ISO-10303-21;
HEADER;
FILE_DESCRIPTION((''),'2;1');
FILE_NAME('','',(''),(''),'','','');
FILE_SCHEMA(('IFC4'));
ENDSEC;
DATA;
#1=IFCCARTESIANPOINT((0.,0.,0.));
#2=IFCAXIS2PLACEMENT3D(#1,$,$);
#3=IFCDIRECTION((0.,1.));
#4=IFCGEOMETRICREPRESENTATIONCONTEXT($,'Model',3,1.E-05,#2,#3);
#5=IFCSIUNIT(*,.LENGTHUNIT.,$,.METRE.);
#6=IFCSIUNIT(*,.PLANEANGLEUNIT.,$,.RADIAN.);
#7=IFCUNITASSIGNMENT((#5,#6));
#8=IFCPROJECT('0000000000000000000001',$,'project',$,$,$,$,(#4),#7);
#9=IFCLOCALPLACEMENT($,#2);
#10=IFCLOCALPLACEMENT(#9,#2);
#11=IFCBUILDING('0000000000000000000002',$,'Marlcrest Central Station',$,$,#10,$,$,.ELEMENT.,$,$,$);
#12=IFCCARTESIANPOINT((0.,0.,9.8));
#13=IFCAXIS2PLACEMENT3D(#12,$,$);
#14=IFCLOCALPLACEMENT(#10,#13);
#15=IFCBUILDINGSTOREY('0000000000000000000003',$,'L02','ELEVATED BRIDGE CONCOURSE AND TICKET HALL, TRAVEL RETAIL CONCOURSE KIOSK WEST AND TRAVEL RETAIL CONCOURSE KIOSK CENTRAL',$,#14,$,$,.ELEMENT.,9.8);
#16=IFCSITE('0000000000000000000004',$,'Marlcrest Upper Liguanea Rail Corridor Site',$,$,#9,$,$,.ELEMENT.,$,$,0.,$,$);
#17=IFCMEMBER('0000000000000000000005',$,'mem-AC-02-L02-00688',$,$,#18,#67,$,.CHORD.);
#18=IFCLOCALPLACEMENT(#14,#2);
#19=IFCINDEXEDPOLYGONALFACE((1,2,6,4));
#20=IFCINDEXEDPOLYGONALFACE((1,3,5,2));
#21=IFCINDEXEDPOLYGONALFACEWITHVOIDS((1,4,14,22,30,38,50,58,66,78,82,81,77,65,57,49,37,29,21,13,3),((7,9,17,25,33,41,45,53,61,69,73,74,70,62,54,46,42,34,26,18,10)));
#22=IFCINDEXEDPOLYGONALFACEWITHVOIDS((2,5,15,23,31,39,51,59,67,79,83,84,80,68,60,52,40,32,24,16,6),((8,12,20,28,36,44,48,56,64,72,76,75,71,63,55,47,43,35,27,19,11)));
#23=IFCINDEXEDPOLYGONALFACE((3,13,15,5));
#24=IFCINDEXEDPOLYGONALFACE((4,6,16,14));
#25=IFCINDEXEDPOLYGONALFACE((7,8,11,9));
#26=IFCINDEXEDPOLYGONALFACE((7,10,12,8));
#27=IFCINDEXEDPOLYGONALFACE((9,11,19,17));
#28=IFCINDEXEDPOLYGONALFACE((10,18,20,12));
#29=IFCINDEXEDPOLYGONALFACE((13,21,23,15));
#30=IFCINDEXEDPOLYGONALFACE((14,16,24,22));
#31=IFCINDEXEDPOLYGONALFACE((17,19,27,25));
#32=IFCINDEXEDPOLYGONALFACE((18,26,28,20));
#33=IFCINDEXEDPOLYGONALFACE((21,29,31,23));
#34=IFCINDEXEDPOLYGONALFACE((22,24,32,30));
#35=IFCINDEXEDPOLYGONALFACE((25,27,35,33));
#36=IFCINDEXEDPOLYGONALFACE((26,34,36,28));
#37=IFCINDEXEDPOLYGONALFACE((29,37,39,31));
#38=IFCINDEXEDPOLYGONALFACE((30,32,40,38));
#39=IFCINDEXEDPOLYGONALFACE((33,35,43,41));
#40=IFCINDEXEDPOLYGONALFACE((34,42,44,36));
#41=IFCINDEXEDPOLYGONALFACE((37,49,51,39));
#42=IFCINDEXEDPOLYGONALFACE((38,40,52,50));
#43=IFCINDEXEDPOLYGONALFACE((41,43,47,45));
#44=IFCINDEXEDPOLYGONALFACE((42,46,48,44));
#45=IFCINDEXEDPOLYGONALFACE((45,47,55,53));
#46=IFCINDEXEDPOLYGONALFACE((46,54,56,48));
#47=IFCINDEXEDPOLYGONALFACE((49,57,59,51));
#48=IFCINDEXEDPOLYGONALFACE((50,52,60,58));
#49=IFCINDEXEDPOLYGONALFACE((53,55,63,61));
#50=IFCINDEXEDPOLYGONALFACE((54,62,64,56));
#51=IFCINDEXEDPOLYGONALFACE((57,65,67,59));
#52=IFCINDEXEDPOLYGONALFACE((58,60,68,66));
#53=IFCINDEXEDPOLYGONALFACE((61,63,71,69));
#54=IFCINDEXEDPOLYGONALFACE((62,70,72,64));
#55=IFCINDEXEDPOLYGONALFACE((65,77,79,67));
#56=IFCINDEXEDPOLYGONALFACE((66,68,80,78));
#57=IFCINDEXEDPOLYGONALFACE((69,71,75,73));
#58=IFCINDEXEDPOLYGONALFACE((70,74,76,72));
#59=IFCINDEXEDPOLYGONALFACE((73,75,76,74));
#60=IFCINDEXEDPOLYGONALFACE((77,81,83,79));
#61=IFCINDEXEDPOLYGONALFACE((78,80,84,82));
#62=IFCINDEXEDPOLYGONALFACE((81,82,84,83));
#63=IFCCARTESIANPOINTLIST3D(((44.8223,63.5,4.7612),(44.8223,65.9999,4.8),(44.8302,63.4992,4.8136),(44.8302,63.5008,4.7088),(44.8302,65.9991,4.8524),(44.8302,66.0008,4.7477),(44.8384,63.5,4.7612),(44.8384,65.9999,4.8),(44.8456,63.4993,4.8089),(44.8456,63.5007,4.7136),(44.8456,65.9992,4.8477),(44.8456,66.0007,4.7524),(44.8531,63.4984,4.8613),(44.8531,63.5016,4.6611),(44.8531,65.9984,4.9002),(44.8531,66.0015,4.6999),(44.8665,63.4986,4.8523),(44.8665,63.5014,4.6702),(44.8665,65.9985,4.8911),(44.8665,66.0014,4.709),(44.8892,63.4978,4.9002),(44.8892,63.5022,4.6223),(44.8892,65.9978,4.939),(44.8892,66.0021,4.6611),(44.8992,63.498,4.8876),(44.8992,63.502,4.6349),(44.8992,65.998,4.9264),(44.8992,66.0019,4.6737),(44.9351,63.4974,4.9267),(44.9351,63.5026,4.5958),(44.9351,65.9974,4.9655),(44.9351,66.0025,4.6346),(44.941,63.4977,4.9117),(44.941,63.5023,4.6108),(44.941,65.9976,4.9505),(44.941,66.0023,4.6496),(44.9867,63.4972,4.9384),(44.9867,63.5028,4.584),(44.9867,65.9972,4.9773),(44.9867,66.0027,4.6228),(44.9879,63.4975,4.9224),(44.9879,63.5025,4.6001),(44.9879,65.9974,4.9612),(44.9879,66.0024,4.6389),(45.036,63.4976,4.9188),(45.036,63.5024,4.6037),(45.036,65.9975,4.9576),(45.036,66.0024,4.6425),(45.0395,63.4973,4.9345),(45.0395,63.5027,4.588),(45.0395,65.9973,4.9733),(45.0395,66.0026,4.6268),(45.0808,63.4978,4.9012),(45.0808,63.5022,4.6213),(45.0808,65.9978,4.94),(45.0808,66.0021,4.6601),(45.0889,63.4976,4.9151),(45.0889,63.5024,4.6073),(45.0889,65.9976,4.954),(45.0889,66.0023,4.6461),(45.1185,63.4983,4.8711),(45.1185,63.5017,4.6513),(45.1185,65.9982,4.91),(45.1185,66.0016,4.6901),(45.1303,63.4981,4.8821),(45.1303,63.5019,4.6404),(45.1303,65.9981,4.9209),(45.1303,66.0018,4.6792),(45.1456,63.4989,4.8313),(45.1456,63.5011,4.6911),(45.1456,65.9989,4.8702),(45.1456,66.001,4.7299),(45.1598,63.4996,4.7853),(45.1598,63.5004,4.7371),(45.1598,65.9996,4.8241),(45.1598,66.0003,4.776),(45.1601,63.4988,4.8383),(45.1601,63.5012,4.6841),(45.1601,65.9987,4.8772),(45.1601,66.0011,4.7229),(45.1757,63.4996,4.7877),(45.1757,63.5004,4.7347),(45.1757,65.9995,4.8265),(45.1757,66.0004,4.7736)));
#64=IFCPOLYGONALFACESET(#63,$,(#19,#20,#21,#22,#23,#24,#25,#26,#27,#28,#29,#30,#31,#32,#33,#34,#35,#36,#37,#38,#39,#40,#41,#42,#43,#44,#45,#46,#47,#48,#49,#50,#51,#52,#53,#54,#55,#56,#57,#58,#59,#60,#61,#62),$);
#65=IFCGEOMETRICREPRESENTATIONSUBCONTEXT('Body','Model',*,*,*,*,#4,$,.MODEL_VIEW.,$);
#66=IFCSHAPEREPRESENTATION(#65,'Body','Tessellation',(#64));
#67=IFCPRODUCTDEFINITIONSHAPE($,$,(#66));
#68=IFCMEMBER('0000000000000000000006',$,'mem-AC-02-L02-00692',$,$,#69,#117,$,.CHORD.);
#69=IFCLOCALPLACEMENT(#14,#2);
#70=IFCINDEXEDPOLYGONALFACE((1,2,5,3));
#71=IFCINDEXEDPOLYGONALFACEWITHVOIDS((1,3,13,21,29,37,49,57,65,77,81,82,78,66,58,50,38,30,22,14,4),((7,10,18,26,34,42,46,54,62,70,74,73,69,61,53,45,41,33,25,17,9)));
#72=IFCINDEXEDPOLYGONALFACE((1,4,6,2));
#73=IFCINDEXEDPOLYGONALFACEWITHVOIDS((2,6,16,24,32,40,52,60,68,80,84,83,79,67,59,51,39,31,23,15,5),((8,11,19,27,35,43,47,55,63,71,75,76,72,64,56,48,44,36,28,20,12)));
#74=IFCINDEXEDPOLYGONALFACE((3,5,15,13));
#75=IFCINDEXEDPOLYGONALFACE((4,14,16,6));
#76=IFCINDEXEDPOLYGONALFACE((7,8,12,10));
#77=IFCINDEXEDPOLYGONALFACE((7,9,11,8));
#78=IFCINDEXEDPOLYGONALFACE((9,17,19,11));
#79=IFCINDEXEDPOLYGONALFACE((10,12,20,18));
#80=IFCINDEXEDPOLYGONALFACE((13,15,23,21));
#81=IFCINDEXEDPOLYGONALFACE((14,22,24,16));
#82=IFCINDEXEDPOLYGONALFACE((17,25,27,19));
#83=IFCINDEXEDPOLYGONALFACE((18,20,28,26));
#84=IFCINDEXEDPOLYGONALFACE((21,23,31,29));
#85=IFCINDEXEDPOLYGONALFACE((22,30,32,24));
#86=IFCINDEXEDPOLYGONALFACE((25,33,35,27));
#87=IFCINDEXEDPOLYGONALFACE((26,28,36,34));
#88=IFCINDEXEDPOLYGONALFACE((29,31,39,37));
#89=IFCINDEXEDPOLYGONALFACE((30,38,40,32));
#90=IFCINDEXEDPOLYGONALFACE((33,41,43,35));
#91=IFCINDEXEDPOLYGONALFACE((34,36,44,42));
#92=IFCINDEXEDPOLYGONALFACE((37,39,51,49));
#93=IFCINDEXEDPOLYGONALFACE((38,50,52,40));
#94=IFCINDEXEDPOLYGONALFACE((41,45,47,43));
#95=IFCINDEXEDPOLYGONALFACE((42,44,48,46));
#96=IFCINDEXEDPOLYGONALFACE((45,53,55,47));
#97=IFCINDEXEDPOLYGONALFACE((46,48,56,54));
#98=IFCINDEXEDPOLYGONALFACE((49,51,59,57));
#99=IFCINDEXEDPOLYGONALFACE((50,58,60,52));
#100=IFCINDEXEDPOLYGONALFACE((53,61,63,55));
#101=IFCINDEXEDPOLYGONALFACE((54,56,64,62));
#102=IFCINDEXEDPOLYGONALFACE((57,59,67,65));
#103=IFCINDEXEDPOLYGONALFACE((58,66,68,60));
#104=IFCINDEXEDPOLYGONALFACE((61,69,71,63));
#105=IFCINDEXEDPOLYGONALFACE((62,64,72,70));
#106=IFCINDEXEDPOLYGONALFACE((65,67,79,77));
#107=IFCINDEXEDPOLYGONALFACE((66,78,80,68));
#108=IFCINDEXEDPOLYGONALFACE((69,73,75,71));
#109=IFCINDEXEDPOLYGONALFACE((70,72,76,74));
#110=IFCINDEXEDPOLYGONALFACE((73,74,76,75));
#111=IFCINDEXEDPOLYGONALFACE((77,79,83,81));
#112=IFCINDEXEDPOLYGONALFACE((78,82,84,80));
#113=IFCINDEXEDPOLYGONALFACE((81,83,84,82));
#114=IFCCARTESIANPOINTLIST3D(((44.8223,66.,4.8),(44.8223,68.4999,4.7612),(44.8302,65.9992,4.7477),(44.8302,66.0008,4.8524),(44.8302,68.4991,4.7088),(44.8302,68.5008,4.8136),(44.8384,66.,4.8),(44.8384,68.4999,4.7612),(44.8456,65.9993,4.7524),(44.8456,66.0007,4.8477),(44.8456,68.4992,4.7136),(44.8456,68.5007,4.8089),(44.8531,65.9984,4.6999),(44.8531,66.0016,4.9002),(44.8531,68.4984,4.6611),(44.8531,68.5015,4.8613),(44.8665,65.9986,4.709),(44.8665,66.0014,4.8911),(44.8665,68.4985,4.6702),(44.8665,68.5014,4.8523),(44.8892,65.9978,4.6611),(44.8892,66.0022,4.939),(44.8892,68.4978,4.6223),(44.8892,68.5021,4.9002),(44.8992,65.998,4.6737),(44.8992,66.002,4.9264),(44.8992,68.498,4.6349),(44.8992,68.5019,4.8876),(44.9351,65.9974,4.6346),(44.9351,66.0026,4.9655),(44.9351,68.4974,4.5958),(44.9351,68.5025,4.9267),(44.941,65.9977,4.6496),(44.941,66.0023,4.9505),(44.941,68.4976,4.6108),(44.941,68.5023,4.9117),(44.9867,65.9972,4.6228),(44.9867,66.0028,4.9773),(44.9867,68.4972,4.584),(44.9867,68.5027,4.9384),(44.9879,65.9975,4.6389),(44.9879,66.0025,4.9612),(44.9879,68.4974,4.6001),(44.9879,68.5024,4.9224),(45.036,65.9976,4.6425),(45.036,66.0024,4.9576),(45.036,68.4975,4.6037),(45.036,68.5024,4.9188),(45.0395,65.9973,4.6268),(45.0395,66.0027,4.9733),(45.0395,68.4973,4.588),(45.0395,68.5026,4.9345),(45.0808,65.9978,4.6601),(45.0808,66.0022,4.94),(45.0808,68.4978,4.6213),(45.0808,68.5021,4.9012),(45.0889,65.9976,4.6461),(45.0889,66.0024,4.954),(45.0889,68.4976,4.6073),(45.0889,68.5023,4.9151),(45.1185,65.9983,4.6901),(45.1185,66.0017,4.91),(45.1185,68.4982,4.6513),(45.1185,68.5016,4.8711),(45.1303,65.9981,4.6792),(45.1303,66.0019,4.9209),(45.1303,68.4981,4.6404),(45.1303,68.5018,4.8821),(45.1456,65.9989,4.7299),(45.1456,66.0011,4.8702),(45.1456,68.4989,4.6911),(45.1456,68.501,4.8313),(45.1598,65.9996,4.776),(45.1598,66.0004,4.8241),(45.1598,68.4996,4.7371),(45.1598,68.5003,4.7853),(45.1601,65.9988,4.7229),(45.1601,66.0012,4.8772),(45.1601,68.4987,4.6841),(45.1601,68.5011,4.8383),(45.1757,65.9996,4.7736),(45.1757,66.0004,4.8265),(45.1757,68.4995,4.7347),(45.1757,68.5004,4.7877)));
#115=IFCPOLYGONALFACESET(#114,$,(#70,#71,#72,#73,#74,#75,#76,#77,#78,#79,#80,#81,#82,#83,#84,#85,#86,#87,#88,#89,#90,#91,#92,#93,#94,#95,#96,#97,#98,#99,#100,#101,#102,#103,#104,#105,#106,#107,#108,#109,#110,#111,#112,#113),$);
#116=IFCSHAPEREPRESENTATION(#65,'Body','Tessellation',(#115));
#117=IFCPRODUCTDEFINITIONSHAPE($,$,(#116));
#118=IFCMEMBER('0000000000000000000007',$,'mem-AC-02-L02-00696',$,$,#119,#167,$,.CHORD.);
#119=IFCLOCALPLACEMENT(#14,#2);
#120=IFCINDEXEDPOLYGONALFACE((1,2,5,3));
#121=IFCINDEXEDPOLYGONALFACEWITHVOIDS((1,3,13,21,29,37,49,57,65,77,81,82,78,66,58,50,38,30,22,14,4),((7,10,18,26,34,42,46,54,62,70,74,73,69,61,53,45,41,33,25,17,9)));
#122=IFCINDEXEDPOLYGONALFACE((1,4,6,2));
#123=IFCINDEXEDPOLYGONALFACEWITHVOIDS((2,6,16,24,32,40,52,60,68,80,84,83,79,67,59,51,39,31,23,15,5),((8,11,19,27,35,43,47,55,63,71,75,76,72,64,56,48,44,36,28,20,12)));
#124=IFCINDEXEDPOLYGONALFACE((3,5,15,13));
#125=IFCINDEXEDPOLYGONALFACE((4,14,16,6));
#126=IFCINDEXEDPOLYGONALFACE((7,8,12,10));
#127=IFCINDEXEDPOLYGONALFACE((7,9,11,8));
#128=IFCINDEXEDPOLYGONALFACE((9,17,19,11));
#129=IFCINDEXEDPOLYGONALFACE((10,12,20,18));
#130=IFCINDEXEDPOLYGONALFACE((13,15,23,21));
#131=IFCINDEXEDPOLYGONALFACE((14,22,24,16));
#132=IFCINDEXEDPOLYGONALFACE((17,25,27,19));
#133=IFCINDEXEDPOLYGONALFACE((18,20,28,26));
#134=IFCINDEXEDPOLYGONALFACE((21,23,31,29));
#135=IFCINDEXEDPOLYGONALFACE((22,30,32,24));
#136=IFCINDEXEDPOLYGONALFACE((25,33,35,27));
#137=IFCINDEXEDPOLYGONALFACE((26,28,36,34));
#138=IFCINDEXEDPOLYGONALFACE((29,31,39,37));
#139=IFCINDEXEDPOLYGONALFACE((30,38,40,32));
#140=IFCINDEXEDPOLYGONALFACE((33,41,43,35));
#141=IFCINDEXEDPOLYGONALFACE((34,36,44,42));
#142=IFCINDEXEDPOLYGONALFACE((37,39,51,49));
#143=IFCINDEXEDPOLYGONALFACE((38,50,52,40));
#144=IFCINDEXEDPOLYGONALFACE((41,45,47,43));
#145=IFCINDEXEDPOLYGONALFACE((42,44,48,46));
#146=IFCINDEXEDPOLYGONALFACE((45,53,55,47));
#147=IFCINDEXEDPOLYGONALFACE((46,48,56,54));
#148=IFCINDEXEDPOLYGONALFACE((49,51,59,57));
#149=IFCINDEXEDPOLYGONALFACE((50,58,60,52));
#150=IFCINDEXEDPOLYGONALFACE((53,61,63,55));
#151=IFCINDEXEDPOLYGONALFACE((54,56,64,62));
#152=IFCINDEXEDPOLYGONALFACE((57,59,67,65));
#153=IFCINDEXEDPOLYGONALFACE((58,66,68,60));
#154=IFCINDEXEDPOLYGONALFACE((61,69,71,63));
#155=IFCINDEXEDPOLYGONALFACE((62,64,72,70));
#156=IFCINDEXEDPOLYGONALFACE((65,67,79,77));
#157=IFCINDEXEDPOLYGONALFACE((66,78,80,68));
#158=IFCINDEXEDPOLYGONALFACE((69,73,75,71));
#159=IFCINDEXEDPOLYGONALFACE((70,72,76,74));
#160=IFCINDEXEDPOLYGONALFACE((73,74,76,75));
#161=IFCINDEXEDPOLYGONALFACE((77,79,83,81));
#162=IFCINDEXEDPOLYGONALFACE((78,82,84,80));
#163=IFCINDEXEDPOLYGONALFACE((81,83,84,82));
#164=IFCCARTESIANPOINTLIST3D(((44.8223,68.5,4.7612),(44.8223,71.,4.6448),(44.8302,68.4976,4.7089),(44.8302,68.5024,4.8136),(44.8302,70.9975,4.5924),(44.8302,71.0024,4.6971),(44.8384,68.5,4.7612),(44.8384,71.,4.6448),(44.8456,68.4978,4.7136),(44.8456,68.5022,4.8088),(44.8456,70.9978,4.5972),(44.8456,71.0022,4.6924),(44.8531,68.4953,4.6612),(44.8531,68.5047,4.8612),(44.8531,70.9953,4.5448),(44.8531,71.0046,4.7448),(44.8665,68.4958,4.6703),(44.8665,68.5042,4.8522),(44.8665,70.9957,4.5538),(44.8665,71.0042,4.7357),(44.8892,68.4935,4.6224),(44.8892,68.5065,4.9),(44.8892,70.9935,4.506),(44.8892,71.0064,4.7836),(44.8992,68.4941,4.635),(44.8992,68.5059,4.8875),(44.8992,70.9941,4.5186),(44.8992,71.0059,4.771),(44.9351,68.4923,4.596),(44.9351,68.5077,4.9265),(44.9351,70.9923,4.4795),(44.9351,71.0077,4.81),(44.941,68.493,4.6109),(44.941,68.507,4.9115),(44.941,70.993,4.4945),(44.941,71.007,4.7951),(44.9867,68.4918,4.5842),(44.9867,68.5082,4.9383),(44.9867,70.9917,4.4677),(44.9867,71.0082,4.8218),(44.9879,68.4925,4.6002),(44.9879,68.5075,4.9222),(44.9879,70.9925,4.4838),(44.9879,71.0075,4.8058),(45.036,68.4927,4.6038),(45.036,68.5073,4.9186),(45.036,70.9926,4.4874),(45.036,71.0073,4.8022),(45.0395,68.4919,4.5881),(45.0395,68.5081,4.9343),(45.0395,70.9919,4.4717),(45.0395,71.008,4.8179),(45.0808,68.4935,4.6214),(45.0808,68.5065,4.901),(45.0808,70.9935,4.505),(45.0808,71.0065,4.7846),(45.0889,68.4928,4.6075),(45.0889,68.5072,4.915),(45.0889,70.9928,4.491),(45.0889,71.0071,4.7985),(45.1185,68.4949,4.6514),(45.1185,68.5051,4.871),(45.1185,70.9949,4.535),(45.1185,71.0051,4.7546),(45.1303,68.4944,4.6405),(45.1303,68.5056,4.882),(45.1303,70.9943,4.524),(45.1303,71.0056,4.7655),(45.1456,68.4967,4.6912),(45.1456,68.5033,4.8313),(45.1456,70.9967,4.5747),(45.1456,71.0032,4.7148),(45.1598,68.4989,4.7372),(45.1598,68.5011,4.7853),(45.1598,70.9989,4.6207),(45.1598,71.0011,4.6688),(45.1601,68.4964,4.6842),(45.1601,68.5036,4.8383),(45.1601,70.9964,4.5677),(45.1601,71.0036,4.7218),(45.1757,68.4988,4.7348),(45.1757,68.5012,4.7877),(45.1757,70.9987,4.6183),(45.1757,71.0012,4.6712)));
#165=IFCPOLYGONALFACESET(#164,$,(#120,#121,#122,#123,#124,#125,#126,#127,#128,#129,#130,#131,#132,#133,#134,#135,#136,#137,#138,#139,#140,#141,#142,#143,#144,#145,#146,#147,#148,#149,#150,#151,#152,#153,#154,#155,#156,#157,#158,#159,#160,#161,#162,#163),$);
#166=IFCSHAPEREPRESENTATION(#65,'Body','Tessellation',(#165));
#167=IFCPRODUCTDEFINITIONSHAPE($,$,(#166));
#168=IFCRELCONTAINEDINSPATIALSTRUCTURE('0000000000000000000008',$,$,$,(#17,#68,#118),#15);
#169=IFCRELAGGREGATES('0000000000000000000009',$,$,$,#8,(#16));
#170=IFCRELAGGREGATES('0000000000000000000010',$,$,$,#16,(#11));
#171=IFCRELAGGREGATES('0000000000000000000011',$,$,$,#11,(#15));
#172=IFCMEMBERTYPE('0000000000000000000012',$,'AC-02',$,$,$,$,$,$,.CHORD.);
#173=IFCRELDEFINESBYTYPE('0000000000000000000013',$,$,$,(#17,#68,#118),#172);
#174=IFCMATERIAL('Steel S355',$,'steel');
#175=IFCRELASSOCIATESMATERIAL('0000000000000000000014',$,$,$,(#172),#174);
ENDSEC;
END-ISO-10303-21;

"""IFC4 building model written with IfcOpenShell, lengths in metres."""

from ifc_helpers import new_model, si_unit, direction, frame, origin, origin_2d, place, context, subcontext, project, spatial, hollow_circle, extrude, material, material_profile, profile_set, type_object, element, save


model = new_model("IFC4")

# Units and contexts
model_context = context("Model", 3, precision=1e-05, world=origin(), true_north=direction((0.0, 1.0)))
body_context = subcontext(model_context, "Body", "Model", "MODEL_VIEW")
ifc_project = project(units=[si_unit("LENGTHUNIT", "METRE"), si_unit("PLANEANGLEUNIT", "RADIAN")], contexts=[model_context])

# Site, building, storey
site_placement = place(None, origin())
site = spatial("IfcSite", under=ifc_project, at=site_placement, Name="Marlcrest Upper Liguanea Rail Corridor Site", CompositionType="ELEMENT", RefElevation=0.0)
building_placement = place(site_placement, origin())
building = spatial("IfcBuilding", under=site, at=building_placement, Name="Marlcrest Central Station", CompositionType="ELEMENT")
storey_placement = place(building_placement, frame((0.0, 0.0, 9.8)))
storey = spatial("IfcBuildingStorey", under=building, at=storey_placement, Name="L02", Description="ELEVATED BRIDGE CONCOURSE AND TICKET HALL, TRAVEL RETAIL CONCOURSE KIOSK WEST AND TRAVEL RETAIL CONCOURSE KIOSK CENTRAL", CompositionType="ELEMENT", Elevation=9.8)

# Members
ifc_material = material(Name="Steel S355", Category="steel")
ifc_material_profile_1 = material_profile(ifc_material, hollow_circle(Radius=0.1777, WallThickness=0.0161, at=origin_2d()), Name="CHS 355.6x16")
ifc_profile_set_1 = profile_set([ifc_material_profile_1], Name="Steel S355")
member_type_1 = type_object("IfcMemberType", Name="AC-02", PredefinedType="CHORD", material=ifc_profile_set_1)
for number, where, z_axis, x_axis, name in (
    (1, (45.0, 63.5, 4.7612), (0.0, 0.999879, 0.015525), (-1.0, 0.0, 0.0), "mem-AC-02-L02-00688"),
    (2, (45.0, 66.0, 4.8), (0.0, 0.999879, -0.015525), (-1.0, 0.0, 0.0), "mem-AC-02-L02-00692"),
):
    element("IfcMember", number, at=place(storey_placement, frame(where, z_axis=z_axis, x_axis=x_axis)), inside=storey, type_object=member_type_1, Name=name, PredefinedType="CHORD", context=body_context, shape_type="SweptSolid", body=[
        extrude(hollow_circle(Radius=0.1777, WallThickness=0.0161, at=origin_2d()), origin(), (0.0, 0.0, 1.0), 2.5002),
    ])
member_1_placement = place(storey_placement, frame((45.0, 68.5, 4.7612), z_axis=(0.0, 0.998917, -0.046532), x_axis=(-1.0, 0.0, 0.0)))
element("IfcMember", 3, at=member_1_placement, inside=storey, type_object=member_type_1, Name="mem-AC-02-L02-00696", PredefinedType="CHORD", context=body_context, shape_type="SweptSolid", body=[
    extrude(hollow_circle(Radius=0.1777, WallThickness=0.0161, at=origin_2d()), origin(), (0.0, 0.0, 1.0), 2.5027),
])

save(model, "model.ifc")
